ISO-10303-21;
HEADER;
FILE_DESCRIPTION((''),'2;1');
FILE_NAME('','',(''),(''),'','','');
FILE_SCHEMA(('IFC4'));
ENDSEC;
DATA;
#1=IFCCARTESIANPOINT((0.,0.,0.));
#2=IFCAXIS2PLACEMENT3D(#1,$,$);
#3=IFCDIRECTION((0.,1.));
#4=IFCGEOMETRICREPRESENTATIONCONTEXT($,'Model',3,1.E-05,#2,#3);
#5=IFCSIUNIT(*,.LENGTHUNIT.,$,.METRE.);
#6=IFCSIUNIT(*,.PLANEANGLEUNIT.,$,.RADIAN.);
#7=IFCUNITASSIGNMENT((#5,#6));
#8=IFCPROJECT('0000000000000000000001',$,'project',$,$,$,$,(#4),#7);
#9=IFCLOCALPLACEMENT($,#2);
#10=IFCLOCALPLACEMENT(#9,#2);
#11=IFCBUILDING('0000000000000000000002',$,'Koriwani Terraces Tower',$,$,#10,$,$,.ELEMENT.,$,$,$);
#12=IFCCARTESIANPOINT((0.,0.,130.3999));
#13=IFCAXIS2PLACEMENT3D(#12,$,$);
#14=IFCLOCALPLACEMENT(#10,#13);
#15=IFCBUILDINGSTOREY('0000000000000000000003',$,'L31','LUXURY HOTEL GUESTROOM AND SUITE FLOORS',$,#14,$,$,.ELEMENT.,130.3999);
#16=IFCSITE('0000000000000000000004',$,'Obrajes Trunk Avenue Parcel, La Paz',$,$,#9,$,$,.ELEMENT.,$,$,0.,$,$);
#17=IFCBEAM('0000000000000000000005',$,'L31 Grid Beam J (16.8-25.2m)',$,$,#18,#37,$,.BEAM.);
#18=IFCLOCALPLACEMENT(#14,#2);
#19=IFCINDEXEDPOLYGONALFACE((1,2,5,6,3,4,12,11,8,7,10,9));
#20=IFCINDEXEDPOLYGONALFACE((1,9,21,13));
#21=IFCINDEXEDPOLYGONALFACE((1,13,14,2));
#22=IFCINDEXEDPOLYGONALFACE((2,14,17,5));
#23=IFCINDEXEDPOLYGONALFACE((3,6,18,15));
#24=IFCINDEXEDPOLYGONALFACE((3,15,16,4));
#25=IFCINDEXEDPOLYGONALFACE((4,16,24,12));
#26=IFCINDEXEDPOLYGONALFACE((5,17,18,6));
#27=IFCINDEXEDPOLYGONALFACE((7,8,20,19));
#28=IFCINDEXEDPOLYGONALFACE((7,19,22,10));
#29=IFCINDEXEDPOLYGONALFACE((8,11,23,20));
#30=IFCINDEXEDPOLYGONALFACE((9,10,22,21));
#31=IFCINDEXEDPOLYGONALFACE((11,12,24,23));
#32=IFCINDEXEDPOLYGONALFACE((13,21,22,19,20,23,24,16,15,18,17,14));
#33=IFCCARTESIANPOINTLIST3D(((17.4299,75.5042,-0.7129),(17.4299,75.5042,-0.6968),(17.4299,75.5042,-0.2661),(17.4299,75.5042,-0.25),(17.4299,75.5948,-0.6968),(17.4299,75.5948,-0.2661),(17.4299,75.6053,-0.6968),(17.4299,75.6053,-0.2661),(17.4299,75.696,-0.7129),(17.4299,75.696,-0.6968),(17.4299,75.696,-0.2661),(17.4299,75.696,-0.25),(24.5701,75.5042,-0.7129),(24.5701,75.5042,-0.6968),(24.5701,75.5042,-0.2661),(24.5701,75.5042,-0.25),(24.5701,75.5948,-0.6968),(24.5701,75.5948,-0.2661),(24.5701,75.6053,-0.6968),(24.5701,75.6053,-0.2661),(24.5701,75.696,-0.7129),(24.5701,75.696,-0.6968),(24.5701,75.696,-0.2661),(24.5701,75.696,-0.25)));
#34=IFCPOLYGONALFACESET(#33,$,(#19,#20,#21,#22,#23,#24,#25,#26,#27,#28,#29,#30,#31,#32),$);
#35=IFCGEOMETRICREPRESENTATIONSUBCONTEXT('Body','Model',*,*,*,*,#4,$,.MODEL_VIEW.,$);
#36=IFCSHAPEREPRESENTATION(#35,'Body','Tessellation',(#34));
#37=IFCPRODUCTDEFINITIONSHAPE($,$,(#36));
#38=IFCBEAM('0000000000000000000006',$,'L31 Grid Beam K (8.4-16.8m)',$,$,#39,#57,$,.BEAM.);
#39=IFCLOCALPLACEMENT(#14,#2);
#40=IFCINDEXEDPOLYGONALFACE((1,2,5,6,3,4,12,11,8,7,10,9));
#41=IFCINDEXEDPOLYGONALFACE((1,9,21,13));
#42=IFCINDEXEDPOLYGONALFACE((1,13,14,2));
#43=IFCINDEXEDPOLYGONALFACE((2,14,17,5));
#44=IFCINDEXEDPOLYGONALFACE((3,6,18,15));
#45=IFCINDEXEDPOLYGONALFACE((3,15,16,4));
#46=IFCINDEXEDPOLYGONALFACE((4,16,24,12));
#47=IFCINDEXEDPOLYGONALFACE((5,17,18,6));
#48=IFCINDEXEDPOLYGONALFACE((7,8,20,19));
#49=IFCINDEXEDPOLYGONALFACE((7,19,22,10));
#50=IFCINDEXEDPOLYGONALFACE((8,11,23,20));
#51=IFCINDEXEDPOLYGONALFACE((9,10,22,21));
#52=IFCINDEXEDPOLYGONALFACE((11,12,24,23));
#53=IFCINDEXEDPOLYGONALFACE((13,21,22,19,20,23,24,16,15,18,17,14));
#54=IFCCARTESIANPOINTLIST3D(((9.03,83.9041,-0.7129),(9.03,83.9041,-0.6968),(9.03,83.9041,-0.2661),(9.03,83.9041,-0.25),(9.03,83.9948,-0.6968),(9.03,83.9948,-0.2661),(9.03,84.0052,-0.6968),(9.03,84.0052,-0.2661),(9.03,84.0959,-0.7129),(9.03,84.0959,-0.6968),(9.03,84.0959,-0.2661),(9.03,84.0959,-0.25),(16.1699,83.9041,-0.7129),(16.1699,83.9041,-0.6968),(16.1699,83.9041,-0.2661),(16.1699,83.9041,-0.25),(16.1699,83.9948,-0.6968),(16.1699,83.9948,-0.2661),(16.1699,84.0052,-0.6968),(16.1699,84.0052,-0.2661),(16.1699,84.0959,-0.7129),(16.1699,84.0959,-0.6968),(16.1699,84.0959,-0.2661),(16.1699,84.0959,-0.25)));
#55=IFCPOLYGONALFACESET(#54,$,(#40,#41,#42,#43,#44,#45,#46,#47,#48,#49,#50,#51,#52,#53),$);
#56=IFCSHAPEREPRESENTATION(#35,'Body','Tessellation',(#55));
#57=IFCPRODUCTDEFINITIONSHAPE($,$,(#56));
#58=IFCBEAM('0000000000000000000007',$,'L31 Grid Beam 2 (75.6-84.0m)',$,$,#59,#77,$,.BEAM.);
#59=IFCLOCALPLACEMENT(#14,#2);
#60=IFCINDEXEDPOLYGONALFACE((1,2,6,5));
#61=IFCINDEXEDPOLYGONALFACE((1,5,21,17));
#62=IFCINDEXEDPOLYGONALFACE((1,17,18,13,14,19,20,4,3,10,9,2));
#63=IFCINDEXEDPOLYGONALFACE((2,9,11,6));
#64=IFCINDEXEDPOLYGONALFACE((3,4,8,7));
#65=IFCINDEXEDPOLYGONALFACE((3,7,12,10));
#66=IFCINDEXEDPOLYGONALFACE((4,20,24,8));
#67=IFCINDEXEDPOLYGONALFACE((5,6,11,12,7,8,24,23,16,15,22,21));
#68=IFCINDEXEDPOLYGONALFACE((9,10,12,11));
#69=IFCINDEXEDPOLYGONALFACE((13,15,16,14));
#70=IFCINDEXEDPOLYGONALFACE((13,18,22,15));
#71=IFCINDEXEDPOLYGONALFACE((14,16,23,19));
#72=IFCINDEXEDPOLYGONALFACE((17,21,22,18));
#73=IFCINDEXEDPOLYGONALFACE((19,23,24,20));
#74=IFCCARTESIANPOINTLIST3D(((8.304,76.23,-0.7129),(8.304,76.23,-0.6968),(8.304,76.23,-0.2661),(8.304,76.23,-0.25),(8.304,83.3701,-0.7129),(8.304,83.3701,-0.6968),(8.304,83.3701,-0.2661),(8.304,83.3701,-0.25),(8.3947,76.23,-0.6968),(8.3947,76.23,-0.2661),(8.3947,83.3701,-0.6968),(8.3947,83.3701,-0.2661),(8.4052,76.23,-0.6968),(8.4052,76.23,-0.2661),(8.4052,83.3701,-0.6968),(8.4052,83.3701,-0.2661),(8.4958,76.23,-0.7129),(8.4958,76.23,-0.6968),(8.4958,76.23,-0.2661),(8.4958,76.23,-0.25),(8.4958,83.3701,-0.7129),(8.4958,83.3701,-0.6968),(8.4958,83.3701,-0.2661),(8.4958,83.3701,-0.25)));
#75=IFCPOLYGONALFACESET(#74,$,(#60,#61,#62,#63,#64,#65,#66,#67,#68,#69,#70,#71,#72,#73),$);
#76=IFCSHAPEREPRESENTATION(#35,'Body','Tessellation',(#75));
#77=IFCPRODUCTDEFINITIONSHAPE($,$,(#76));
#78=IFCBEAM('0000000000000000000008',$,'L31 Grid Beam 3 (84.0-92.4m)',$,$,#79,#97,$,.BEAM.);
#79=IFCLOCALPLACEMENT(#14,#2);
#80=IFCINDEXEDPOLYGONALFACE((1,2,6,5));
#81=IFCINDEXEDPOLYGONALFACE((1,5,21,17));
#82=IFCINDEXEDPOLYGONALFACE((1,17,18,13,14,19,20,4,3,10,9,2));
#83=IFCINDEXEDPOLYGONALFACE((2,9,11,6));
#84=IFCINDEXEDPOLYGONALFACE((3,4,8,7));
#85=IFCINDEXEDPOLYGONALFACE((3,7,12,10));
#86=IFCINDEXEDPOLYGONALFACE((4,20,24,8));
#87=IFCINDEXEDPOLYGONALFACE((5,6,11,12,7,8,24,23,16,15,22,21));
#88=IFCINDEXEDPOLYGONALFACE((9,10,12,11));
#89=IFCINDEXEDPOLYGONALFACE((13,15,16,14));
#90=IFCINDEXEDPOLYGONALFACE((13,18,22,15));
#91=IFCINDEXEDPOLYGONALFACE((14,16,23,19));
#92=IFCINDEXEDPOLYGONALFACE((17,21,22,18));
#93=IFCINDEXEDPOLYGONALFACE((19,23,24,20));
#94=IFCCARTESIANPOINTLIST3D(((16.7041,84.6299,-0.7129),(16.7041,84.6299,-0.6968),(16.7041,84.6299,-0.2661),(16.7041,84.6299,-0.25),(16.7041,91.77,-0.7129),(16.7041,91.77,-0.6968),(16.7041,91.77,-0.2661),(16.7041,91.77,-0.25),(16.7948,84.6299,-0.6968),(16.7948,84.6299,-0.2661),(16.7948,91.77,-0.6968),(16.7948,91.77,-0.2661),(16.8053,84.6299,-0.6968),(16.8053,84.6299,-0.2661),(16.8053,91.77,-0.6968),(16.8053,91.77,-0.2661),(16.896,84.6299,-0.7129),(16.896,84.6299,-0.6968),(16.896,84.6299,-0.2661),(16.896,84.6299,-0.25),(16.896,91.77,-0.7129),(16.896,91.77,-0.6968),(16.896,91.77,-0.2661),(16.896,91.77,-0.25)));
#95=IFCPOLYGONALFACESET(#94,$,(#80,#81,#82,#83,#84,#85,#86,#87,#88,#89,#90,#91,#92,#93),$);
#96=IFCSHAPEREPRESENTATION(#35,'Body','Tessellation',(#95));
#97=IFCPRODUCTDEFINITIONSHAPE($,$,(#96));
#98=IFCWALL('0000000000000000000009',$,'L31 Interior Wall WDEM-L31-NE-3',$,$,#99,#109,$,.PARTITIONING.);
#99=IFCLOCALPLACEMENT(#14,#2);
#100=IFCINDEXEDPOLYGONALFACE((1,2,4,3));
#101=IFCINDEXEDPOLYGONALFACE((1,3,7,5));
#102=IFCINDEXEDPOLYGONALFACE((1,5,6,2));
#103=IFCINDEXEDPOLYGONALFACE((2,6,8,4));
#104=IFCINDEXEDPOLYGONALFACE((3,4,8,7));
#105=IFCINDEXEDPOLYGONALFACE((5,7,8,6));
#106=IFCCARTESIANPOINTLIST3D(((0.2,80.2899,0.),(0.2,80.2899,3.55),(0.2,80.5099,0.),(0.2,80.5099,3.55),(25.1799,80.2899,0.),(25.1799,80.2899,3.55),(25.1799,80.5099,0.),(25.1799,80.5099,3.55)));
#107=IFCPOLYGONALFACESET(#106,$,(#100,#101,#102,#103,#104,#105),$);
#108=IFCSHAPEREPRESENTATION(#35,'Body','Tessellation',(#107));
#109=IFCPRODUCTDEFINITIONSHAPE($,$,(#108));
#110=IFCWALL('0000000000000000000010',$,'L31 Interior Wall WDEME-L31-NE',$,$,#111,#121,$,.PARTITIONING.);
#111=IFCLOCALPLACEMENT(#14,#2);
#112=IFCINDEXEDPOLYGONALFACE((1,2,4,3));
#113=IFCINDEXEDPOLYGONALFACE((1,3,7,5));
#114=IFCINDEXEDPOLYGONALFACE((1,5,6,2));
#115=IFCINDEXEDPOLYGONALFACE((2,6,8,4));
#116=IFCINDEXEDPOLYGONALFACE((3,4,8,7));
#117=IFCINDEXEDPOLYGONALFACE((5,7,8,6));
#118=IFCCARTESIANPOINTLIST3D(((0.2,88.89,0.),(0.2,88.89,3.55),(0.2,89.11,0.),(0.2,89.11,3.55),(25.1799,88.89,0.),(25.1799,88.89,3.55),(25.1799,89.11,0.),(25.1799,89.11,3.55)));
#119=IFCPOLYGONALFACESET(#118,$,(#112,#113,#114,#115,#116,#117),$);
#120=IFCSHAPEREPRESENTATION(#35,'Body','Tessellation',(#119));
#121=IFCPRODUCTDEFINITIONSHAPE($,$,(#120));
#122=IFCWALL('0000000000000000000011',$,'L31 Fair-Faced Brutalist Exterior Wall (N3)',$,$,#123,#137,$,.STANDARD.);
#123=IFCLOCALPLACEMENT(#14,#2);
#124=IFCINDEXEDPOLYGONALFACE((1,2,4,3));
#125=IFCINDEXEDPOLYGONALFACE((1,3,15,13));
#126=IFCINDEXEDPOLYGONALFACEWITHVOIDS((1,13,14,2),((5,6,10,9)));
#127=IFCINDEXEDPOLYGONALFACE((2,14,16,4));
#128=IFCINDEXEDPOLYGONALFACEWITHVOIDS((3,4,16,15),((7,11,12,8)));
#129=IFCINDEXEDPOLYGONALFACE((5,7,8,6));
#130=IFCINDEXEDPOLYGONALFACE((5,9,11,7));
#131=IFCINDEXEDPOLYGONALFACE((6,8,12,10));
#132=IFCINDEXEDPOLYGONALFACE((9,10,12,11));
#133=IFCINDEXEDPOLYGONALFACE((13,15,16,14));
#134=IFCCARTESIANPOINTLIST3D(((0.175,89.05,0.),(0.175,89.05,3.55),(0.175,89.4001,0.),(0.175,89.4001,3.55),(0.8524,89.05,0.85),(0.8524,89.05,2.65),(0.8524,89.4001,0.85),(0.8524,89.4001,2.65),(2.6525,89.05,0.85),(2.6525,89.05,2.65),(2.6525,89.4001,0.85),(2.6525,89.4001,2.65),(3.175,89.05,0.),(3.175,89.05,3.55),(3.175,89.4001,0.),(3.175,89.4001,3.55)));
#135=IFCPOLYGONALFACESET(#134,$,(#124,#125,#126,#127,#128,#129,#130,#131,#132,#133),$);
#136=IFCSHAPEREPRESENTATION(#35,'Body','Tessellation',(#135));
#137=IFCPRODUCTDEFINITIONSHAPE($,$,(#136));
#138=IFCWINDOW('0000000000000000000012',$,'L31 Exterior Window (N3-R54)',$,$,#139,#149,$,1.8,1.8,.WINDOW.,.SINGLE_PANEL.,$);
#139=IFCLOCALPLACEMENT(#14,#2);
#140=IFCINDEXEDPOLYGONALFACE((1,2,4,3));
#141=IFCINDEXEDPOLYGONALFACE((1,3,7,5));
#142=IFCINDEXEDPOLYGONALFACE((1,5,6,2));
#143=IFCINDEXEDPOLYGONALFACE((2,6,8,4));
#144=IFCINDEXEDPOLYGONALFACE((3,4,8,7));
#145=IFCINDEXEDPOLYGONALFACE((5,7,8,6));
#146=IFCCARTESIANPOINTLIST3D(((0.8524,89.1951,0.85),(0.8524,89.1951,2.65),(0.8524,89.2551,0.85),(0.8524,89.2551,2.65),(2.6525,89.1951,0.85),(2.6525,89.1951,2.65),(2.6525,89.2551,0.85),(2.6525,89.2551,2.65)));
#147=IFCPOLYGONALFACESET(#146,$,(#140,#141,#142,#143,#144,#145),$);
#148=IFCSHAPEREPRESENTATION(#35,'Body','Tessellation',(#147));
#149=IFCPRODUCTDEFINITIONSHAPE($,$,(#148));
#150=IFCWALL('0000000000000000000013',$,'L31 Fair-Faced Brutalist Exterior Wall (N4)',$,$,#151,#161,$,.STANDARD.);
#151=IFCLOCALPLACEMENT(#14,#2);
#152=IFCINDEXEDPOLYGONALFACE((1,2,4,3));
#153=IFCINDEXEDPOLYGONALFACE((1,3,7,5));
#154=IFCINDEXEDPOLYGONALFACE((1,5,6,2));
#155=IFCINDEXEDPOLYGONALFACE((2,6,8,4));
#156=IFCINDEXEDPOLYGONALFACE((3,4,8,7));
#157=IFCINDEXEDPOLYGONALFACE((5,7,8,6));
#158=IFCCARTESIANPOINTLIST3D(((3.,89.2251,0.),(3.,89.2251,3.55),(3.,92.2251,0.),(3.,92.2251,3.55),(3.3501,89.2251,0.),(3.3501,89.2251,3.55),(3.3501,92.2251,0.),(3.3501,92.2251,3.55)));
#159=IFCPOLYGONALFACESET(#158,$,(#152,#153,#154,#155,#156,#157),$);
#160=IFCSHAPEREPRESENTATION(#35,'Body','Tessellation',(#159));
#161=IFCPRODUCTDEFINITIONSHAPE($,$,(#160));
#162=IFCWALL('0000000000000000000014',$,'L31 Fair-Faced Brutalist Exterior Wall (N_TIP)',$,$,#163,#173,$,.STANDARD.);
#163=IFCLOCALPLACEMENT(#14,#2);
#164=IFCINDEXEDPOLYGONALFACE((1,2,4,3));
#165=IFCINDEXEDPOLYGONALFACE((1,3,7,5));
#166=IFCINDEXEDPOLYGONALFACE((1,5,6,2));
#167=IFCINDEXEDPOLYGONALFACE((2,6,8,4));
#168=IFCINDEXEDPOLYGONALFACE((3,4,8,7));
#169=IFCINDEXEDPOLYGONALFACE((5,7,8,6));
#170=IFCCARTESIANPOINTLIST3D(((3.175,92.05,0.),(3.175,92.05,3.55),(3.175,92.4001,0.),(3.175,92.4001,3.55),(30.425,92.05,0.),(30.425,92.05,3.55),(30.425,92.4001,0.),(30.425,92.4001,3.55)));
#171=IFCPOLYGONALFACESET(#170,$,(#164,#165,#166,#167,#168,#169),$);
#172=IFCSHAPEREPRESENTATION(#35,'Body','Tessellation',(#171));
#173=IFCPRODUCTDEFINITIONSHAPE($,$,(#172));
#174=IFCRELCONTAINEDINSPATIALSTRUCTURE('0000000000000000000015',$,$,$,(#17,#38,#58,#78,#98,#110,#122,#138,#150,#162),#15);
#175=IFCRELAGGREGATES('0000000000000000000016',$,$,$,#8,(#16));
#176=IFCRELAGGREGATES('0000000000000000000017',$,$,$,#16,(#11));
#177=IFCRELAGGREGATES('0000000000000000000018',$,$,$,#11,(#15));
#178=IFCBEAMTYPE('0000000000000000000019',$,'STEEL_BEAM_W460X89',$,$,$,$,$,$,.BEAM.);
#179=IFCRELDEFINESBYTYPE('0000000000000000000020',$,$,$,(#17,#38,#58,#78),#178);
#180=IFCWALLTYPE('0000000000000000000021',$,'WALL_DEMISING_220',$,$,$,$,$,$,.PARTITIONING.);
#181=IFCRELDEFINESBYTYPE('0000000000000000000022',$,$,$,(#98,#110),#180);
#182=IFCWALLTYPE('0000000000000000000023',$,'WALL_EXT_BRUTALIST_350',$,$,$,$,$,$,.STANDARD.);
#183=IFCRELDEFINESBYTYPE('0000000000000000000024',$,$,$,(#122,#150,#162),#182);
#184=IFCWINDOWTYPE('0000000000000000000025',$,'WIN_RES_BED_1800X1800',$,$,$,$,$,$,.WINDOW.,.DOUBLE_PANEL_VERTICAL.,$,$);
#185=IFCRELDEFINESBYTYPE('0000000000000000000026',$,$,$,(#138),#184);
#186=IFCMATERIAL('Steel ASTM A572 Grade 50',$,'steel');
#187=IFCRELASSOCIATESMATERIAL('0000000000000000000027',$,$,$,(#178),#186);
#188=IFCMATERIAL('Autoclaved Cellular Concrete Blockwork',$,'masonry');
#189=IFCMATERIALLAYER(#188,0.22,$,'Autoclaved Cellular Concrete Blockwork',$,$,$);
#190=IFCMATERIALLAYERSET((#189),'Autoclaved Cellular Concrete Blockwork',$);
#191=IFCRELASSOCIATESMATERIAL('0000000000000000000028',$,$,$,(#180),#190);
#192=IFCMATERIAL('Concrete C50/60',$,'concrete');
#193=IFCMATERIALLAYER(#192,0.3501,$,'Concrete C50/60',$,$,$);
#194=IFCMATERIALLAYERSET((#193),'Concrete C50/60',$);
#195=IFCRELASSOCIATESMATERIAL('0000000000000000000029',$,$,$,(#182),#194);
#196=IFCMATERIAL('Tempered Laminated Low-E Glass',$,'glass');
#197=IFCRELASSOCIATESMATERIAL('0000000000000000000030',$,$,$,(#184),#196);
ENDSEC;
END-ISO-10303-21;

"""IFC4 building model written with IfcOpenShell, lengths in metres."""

from ifc_helpers import new_model, si_unit, direction, frame, frame_2d, origin, origin_2d, place, context, subcontext, project, spatial, rectangle, i_section, extrude, material, layer, layer_set, material_profile, profile_set, type_object, element, fill, save


model = new_model("IFC4")

# Units and contexts
model_context = context("Model", 3, precision=1e-05, world=origin(), true_north=direction((0.0, 1.0)))
body_context = subcontext(model_context, "Body", "Model", "MODEL_VIEW")
ifc_project = project(units=[si_unit("LENGTHUNIT", "METRE"), si_unit("PLANEANGLEUNIT", "RADIAN")], contexts=[model_context])

# Site, building, storey
site_placement = place(None, origin())
site = spatial("IfcSite", under=ifc_project, at=site_placement, Name="Obrajes Trunk Avenue Parcel, La Paz", CompositionType="ELEMENT", RefElevation=0.0)
building_placement = place(site_placement, origin())
building = spatial("IfcBuilding", under=site, at=building_placement, Name="Koriwani Terraces Tower", CompositionType="ELEMENT")
storey_placement = place(building_placement, frame((0.0, 0.0, 130.3999)))
storey = spatial("IfcBuildingStorey", under=building, at=storey_placement, Name="L31", Description="LUXURY HOTEL GUESTROOM AND SUITE FLOORS", CompositionType="ELEMENT", Elevation=130.3999)

# Beams
ifc_material_1 = material(Name="Concrete C50/60", Category="concrete")
ifc_material_2 = material(Name="Steel ASTM A572 Grade 50", Category="steel")
ifc_material_profile_1 = material_profile(ifc_material_2, i_section(OverallWidth=0.1919, OverallDepth=0.4629, WebThickness=0.0105, FlangeThickness=0.0161, at=origin_2d()), Name="Steel ASTM A572 Grade 50", Category="LoadBearing")
ifc_profile_set_1 = profile_set([ifc_material_profile_1], Name="Steel ASTM A572 Grade 50")
beam_type_1 = type_object("IfcBeamType", Name="STEEL_BEAM_W460X89", PredefinedType="BEAM", material=ifc_profile_set_1)
for number, where, z_axis, x_axis, name in (
    (1, (17.4299, 75.6001, -0.4814), (1.0, 0.0, 0.0), (0.0, 1.0, 0.0), "L31 Grid Beam J (16.8-25.2m)"),
):
    element("IfcBeam", number, at=place(storey_placement, frame(where, z_axis=z_axis, x_axis=x_axis)), inside=storey, type_object=beam_type_1, Name=name, PredefinedType="BEAM", context=body_context, shape_type="SweptSolid", body=[
        extrude(i_section(OverallWidth=0.1919, OverallDepth=0.4629, WebThickness=0.0105, FlangeThickness=0.0161, at=origin_2d()), origin(), (0.0, 0.0, 1.0), 7.1401),
    ])
beam_1_placement = place(storey_placement, frame((9.03, 84.0, -0.4814), z_axis=(1.0, 0.0, 0.0), x_axis=(0.0, 1.0, 0.0)))
element("IfcBeam", 2, at=beam_1_placement, inside=storey, type_object=beam_type_1, Name="L31 Grid Beam K (8.4-16.8m)", PredefinedType="BEAM", context=body_context, shape_type="SweptSolid", body=[
    extrude(i_section(OverallWidth=0.1919, OverallDepth=0.4629, WebThickness=0.0105, FlangeThickness=0.0161, at=origin_2d()), origin(), (0.0, 0.0, 1.0), 7.1399),
])
for number, where, z_axis, x_axis, name in (
    (3, (8.3999, 76.23, -0.4814), (0.0, 1.0, 0.0), (-1.0, 0.0, 0.0), "L31 Grid Beam 2 (75.6-84.0m)"),
    (4, (16.8, 84.6299, -0.4814), (0.0, 1.0, 0.0), (-1.0, 0.0, 0.0), "L31 Grid Beam 3 (84.0-92.4m)"),
):
    element("IfcBeam", number, at=place(storey_placement, frame(where, z_axis=z_axis, x_axis=x_axis)), inside=storey, type_object=beam_type_1, Name=name, PredefinedType="BEAM", context=body_context, shape_type="SweptSolid", body=[
        extrude(i_section(OverallWidth=0.1919, OverallDepth=0.4629, WebThickness=0.0105, FlangeThickness=0.0161, at=origin_2d()), origin(), (0.0, 0.0, 1.0), 7.1401),
    ])

# Walls
ifc_material_3 = material(Name="Autoclaved Cellular Concrete Blockwork", Category="masonry")
ifc_layer_1 = layer(ifc_material_3, 0.22, Name="Autoclaved Cellular Concrete Blockwork")
ifc_layer_set_1 = layer_set([ifc_layer_1], Name="Autoclaved Cellular Concrete Blockwork")
wall_type_1 = type_object("IfcWallType", Name="WALL_DEMISING_220", PredefinedType="PARTITIONING", material=ifc_layer_set_1)
for number, where, z_axis, x_axis, name in (
    (5, (0.2, 80.3999, 0.0), (0.0, 0.0, 1.0), (1.0, 0.0, 0.0), "L31 Interior Wall WDEM-L31-NE-3"),
    (6, (0.2, 89.0, 0.0), (0.0, 0.0, 1.0), (1.0, 0.0, 0.0), "L31 Interior Wall WDEME-L31-NE"),
):
    element("IfcWall", number, at=place(storey_placement, frame(where, z_axis=z_axis, x_axis=x_axis)), inside=storey, type_object=wall_type_1, Name=name, PredefinedType="PARTITIONING", context=body_context, shape_type="SweptSolid", body=[
        extrude(rectangle(XDim=24.98, YDim=0.22, at=frame_2d((12.49, 0.0))), origin(), (0.0, 0.0, 1.0), 3.55),
    ])

# Wall, opening, window
ifc_layer_2 = layer(ifc_material_1, 0.3501, Name="Concrete C50/60")
ifc_layer_set_2 = layer_set([ifc_layer_2], Name="Concrete C50/60")
wall_type_2 = type_object("IfcWallType", Name="WALL_EXT_BRUTALIST_350", PredefinedType="STANDARD", material=ifc_layer_set_2)
wall_1_placement = place(storey_placement, frame((0.175, 89.2251, 0.0), z_axis=(0.0, 0.0, 1.0), x_axis=(1.0, 0.0, 0.0)))
wall_1 = element("IfcWall", 7, at=wall_1_placement, inside=storey, type_object=wall_type_2, Name="L31 Fair-Faced Brutalist Exterior Wall (N3)", PredefinedType="STANDARD", context=body_context, shape_type="SweptSolid", body=[
    extrude(rectangle(XDim=3.0, YDim=0.3501, at=frame_2d((1.5, 0.0))), origin(), (0.0, 0.0, 1.0), 3.55),
])
opening_placement = place(wall_1_placement, frame((0.6775, 0.0, 0.8501)))
opening = element("IfcOpeningElement", 8, at=opening_placement, cuts=wall_1, PredefinedType="OPENING", context=body_context, shape_type="SweptSolid", body=[
    extrude(rectangle(XDim=1.8, YDim=1.8, at=frame_2d((0.8999, 0.8999))), frame((0.0, 0.1851, 0.0), z_axis=(0.0, -1.0, 0.0), x_axis=(1.0, 0.0, 0.0)), (0.0, 0.0, 1.0), 0.3701),
])
ifc_material_4 = material(Name="Tempered Laminated Low-E Glass", Category="glass")
window_type = type_object("IfcWindowType", Name="WIN_RES_BED_1800X1800", PartitioningType="DOUBLE_PANEL_VERTICAL", PredefinedType="WINDOW", material=ifc_material_4)
window_placement = place(opening_placement, origin())
window = element("IfcWindow", 9, at=window_placement, inside=storey, type_object=window_type, Name="L31 Exterior Window (N3-R54)", OverallHeight=1.8, OverallWidth=1.8, PartitioningType="SINGLE_PANEL", PredefinedType="WINDOW", context=body_context, shape_type="SweptSolid", body=[
    extrude(rectangle(XDim=1.8, YDim=1.8, at=frame_2d((0.8999, 0.8999))), frame((0.0, 0.03, 0.0), z_axis=(0.0, -1.0, 0.0), x_axis=(1.0, 0.0, 0.0)), (0.0, 0.0, 1.0), 0.0601),
])
fill(opening, window)

# Walls
wall_2_placement = place(storey_placement, frame((3.175, 89.2251, 0.0), z_axis=(0.0, 0.0, 1.0), x_axis=(0.0, 1.0, 0.0)))
element("IfcWall", 10, at=wall_2_placement, inside=storey, type_object=wall_type_2, Name="L31 Fair-Faced Brutalist Exterior Wall (N4)", PredefinedType="STANDARD", context=body_context, shape_type="SweptSolid", body=[
    extrude(rectangle(XDim=3.0, YDim=0.3501, at=frame_2d((1.5, 0.0))), origin(), (0.0, 0.0, 1.0), 3.55),
])
wall_3_placement = place(storey_placement, frame((3.175, 92.2251, 0.0), z_axis=(0.0, 0.0, 1.0), x_axis=(1.0, 0.0, 0.0)))
element("IfcWall", 11, at=wall_3_placement, inside=storey, type_object=wall_type_2, Name="L31 Fair-Faced Brutalist Exterior Wall (N_TIP)", PredefinedType="STANDARD", context=body_context, shape_type="SweptSolid", body=[
    extrude(rectangle(XDim=27.25, YDim=0.3501, at=frame_2d((13.625, 0.0))), origin(), (0.0, 0.0, 1.0), 3.55),
])

save(model, "model.ifc")
